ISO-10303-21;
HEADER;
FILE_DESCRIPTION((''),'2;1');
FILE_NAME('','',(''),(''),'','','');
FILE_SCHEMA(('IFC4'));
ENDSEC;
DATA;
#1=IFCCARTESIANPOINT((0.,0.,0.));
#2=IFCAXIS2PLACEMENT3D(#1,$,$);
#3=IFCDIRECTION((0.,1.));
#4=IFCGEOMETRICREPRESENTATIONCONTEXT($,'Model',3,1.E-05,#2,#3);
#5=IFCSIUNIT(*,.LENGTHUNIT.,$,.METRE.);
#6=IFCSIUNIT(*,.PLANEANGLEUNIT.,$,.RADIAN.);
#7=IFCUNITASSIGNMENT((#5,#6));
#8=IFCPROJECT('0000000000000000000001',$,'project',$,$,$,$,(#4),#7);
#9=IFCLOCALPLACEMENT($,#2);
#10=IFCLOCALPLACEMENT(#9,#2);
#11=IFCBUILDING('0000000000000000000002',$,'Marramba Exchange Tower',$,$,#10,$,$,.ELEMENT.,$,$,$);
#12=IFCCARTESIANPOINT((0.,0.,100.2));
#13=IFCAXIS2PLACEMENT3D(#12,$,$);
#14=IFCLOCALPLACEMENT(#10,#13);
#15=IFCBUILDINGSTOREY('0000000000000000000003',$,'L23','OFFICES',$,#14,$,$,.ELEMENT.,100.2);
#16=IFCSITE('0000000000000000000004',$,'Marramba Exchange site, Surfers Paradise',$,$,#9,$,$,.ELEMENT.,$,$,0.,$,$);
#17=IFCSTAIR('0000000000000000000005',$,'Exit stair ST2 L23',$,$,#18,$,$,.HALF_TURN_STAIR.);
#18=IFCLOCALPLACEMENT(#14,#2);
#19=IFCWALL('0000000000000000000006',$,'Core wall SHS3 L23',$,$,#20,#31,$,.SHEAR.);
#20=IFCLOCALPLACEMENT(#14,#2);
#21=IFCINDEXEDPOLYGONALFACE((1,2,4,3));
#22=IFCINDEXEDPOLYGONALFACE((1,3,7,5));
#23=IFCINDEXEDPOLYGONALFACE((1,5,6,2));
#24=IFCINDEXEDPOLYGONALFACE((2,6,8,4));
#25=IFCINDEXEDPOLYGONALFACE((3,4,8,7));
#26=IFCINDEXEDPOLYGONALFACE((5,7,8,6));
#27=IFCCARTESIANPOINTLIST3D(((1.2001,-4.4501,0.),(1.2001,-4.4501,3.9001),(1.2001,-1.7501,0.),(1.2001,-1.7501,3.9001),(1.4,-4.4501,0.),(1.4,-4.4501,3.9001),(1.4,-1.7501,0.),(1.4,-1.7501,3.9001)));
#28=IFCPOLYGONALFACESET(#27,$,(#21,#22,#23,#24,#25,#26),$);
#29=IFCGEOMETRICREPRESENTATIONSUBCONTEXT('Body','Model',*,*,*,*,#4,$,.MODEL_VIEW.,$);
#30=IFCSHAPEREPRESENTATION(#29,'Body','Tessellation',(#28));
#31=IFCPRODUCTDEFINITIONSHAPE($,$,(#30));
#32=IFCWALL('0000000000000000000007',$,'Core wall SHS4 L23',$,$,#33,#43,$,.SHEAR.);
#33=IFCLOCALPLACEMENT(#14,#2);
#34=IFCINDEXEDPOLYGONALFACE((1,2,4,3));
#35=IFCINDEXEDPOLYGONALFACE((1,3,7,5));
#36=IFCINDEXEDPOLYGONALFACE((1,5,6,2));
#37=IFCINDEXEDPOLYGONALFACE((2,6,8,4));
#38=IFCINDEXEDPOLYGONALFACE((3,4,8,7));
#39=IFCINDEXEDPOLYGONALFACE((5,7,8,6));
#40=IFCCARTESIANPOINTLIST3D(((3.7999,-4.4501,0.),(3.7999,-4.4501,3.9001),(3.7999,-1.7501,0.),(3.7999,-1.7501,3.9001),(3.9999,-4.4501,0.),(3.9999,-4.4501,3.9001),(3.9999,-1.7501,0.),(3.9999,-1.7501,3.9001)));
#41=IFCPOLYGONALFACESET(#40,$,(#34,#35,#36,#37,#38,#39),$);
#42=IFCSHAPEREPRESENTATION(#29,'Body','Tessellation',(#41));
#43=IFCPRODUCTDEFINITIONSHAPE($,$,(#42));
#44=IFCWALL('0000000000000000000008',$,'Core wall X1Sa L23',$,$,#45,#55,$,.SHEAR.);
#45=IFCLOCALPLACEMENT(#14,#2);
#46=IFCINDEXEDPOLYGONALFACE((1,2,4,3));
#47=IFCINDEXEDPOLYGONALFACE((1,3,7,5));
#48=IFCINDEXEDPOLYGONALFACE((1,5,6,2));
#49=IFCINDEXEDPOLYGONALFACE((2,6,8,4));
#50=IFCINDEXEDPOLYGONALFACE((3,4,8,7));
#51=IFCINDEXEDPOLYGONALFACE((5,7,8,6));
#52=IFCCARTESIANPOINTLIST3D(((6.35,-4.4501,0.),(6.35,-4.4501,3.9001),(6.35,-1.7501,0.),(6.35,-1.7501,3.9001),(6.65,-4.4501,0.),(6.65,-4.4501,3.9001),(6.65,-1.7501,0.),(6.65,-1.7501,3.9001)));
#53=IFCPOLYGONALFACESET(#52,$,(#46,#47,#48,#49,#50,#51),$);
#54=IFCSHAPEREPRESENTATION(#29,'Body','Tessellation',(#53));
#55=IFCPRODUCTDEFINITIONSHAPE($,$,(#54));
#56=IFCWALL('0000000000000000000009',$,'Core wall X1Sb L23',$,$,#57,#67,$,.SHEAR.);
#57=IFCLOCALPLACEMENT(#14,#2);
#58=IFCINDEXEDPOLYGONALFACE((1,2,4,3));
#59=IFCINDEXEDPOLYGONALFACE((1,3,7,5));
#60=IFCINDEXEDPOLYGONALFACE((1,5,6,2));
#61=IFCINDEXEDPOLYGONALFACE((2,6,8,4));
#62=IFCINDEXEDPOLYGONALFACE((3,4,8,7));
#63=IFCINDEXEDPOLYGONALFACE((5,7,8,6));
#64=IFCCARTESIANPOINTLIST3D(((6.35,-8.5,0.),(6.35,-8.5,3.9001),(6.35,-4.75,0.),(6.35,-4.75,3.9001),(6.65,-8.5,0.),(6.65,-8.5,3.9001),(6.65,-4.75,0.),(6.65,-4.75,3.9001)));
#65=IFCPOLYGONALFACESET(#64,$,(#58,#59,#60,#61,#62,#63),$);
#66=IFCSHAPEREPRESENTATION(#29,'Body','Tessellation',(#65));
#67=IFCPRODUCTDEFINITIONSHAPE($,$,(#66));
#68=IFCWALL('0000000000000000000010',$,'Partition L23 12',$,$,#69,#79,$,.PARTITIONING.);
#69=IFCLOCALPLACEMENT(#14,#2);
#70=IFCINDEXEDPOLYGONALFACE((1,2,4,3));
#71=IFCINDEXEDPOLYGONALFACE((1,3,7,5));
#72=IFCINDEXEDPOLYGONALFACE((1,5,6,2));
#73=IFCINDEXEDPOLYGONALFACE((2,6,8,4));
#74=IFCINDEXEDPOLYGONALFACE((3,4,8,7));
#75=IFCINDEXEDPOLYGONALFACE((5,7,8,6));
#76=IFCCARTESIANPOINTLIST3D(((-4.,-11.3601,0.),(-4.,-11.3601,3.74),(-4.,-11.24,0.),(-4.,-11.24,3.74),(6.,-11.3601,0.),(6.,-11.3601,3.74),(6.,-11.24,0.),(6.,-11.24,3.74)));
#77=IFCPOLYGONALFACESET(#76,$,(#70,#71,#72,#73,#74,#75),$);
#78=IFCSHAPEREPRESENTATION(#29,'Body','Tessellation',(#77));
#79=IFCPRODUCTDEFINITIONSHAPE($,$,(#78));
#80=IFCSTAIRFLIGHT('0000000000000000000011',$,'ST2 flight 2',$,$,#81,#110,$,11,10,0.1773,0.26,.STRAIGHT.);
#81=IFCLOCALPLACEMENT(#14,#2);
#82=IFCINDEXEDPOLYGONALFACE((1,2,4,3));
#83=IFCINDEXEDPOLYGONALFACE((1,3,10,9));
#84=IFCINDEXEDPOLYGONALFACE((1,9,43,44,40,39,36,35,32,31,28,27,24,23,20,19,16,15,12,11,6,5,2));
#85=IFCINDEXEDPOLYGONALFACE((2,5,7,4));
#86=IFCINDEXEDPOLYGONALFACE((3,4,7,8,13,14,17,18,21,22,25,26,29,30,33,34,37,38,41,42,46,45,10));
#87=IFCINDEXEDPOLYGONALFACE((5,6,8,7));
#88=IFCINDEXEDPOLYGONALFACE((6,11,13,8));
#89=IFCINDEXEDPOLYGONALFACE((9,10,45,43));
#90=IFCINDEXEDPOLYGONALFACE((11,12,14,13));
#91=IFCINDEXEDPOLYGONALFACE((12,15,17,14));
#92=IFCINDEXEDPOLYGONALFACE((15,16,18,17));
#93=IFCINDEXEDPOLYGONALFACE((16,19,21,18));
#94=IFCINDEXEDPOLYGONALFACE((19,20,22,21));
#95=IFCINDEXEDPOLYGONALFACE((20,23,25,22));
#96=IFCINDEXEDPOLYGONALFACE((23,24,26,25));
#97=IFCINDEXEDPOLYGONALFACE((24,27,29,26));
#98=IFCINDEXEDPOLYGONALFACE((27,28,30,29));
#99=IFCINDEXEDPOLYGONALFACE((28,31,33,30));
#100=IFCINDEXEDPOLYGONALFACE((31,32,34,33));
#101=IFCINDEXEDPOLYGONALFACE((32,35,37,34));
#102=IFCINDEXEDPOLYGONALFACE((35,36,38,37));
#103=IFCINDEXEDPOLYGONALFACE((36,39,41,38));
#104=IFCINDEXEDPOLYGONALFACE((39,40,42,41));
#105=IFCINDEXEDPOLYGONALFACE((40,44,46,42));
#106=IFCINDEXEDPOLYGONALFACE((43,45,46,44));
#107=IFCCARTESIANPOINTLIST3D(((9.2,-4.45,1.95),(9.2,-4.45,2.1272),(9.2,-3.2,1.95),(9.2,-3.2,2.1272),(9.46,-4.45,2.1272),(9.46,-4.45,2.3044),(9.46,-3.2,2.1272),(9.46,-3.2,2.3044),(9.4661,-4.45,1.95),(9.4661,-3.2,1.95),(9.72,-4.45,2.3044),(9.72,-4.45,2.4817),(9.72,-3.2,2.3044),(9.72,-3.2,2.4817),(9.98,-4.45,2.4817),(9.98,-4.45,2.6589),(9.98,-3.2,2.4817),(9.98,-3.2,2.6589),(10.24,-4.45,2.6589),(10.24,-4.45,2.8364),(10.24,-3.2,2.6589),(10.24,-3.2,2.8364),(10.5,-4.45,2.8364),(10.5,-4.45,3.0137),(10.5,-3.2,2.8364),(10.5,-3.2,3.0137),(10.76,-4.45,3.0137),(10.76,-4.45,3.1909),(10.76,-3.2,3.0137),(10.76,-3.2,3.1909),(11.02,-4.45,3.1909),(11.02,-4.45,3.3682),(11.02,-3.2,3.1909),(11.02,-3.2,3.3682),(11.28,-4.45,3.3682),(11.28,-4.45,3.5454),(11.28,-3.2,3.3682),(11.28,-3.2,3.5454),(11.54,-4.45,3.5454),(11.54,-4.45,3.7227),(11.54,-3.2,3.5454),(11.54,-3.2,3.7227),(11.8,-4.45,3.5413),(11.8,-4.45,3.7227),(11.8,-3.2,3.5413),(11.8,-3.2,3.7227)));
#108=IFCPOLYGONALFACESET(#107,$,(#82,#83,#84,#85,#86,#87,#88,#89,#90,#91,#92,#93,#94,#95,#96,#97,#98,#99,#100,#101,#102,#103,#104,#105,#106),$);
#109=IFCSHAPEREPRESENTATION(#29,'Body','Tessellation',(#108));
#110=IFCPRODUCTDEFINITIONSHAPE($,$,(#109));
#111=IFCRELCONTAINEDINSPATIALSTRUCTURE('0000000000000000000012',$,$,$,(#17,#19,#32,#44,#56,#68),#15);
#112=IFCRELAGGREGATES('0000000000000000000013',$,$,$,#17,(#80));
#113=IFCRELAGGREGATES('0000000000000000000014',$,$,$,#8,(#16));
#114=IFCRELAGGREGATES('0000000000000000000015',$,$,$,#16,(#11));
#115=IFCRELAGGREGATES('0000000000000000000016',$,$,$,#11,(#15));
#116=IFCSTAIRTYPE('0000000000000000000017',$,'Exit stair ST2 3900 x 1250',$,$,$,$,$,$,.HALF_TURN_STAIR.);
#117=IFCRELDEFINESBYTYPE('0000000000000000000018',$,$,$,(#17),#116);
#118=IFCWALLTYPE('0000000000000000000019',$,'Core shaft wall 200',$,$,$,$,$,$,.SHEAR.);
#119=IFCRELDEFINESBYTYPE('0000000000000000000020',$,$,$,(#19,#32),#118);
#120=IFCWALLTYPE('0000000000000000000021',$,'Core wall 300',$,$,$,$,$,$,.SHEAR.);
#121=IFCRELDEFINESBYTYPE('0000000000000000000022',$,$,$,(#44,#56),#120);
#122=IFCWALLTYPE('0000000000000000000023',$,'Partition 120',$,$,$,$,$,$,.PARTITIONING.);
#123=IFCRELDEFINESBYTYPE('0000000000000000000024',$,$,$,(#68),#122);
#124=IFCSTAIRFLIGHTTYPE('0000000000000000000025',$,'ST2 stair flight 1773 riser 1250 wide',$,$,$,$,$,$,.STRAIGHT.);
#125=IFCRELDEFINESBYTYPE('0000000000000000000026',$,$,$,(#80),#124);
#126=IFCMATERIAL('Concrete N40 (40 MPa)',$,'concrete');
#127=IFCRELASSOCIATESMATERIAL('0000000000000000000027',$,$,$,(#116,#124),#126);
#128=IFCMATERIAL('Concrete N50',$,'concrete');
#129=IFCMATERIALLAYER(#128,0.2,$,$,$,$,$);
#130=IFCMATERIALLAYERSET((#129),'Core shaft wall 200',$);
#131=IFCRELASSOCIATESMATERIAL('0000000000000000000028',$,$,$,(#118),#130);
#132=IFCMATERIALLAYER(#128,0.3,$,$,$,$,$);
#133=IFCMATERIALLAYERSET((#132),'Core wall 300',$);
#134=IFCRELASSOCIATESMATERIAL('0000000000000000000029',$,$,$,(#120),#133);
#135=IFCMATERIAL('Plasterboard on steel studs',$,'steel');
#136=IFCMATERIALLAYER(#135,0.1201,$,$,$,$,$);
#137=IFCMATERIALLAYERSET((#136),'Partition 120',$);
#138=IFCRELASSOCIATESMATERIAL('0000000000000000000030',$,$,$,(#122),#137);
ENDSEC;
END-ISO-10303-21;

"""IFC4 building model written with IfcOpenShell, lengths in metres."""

from ifc_helpers import new_model, si_unit, direction, frame, frame_2d, origin, place, context, subcontext, project, spatial, polyline, rectangle, outline, extrude, material, layer, layer_set, type_object, element, aggregate, save


model = new_model("IFC4")

# Units and contexts
model_context = context("Model", 3, precision=1e-05, world=origin(), true_north=direction((0.0, 1.0)))
body_context = subcontext(model_context, "Body", "Model", "MODEL_VIEW")
ifc_project = project(units=[si_unit("LENGTHUNIT", "METRE"), si_unit("PLANEANGLEUNIT", "RADIAN")], contexts=[model_context])

# Site, building, storey
site_placement = place(None, origin())
site = spatial("IfcSite", under=ifc_project, at=site_placement, Name="Marramba Exchange site, Surfers Paradise", CompositionType="ELEMENT", RefElevation=0.0)
building_placement = place(site_placement, origin())
building = spatial("IfcBuilding", under=site, at=building_placement, Name="Marramba Exchange Tower", CompositionType="ELEMENT")
storey_placement = place(building_placement, frame((0.0, 0.0, 100.2)))
storey = spatial("IfcBuildingStorey", under=building, at=storey_placement, Name="L23", Description="OFFICES", CompositionType="ELEMENT", Elevation=100.2)

# Stair
ifc_material_1 = material(Name="Concrete N40 (40 MPa)", Category="concrete")
stair_type_1 = type_object("IfcStairType", Name="Exit stair ST2 3900 x 1250", PredefinedType="HALF_TURN_STAIR", material=ifc_material_1)
stair_1_placement = place(storey_placement, origin())
stair_1 = element("IfcStair", 1, at=stair_1_placement, inside=storey, type_object=stair_type_1, Name="Exit stair ST2 L23", PredefinedType="HALF_TURN_STAIR")

# Walls
ifc_material_2 = material(Name="Concrete N50", Category="concrete")
ifc_layer_1 = layer(ifc_material_2, 0.2)
ifc_layer_set_1 = layer_set([ifc_layer_1], Name="Core shaft wall 200")
wall_type_1 = type_object("IfcWallType", Name="Core shaft wall 200", PredefinedType="SHEAR", material=ifc_layer_set_1)
for number, where, z_axis, x_axis, name in (
    (2, (1.3, -1.75, 0.0), (0.0, 0.0, 1.0), (0.0, -1.0, 0.0), "Core wall SHS3 L23"),
    (3, (3.8999, -1.75, 0.0), (0.0, 0.0, 1.0), (0.0, -1.0, 0.0), "Core wall SHS4 L23"),
):
    element("IfcWall", number, at=place(storey_placement, frame(where, z_axis=z_axis, x_axis=x_axis)), inside=storey, type_object=wall_type_1, Name=name, PredefinedType="SHEAR", context=body_context, shape_type="SweptSolid", body=[
        extrude(rectangle(XDim=2.7, YDim=0.2, at=frame_2d((1.3501, 0.0))), origin(), (0.0, 0.0, 1.0), 3.9001),
    ])
ifc_layer_2 = layer(ifc_material_2, 0.3)
ifc_layer_set_2 = layer_set([ifc_layer_2], Name="Core wall 300")
wall_type_2 = type_object("IfcWallType", Name="Core wall 300", PredefinedType="SHEAR", material=ifc_layer_set_2)
wall_1_placement = place(storey_placement, frame((6.5, -1.75, 0.0), z_axis=(0.0, 0.0, 1.0), x_axis=(0.0, -1.0, 0.0)))
element("IfcWall", 4, at=wall_1_placement, inside=storey, type_object=wall_type_2, Name="Core wall X1Sa L23", PredefinedType="SHEAR", context=body_context, shape_type="SweptSolid", body=[
    extrude(rectangle(XDim=2.7, YDim=0.3, at=frame_2d((1.3501, 0.0))), origin(), (0.0, 0.0, 1.0), 3.9001),
])
wall_2_placement = place(storey_placement, frame((6.5, -4.75, 0.0), z_axis=(0.0, 0.0, 1.0), x_axis=(0.0, -1.0, 0.0)))
element("IfcWall", 5, at=wall_2_placement, inside=storey, type_object=wall_type_2, Name="Core wall X1Sb L23", PredefinedType="SHEAR", context=body_context, shape_type="SweptSolid", body=[
    extrude(rectangle(XDim=3.75, YDim=0.3, at=frame_2d((1.875, 0.0))), origin(), (0.0, 0.0, 1.0), 3.9001),
])
ifc_material_3 = material(Name="Plasterboard on steel studs", Category="steel")
ifc_layer_3 = layer(ifc_material_3, 0.1201)
ifc_layer_set_3 = layer_set([ifc_layer_3], Name="Partition 120")
wall_type_3 = type_object("IfcWallType", Name="Partition 120", PredefinedType="PARTITIONING", material=ifc_layer_set_3)
wall_3_placement = place(storey_placement, frame((6.0, -11.3, 0.0), z_axis=(0.0, 0.0, 1.0), x_axis=(-1.0, 0.0, 0.0)))
element("IfcWall", 6, at=wall_3_placement, inside=storey, type_object=wall_type_3, Name="Partition L23 12", PredefinedType="PARTITIONING", context=body_context, shape_type="SweptSolid", body=[
    extrude(rectangle(XDim=10.0, YDim=0.1201, at=frame_2d((5.0, 0.0))), origin(), (0.0, 0.0, 1.0), 3.74),
])

# Stair flight
stair_flight_type = type_object("IfcStairFlightType", Name="ST2 stair flight 1773 riser 1250 wide", PredefinedType="STRAIGHT", material=ifc_material_1)
stair_flight_placement = place(storey_placement, frame((9.2, -3.825, 1.95), z_axis=(0.0, 0.0, 1.0), x_axis=(1.0, 0.0, 0.0)))
stair_flight = element("IfcStairFlight", 7, at=stair_flight_placement, type_object=stair_flight_type, Name="ST2 flight 2", NumberOfRisers=11, NumberOfTreads=10, PredefinedType="STRAIGHT", RiserHeight=0.1773, TreadLength=0.26, context=body_context, shape_type="SweptSolid", body=[
    extrude(outline(polyline([(0.0, 0.0), (0.0, 0.1772), (0.26, 0.1772), (0.26, 0.3545), (0.52, 0.3545), (0.52, 0.5317), (0.78, 0.5317), (0.78, 0.709), (1.04, 0.709), (1.04, 0.8865), (1.3, 0.8865), (1.3, 1.0637), (1.5601, 1.0637), (1.5601, 1.241), (1.8201, 1.241), (1.8201, 1.4182), (2.0801, 1.4182), (2.0801, 1.5955), (2.3401, 1.5955), (2.3401, 1.7727), (2.6001, 1.7727), (2.6001, 1.95), (2.6001, 1.5913), (0.2661, 0.0), (0.0, 0.0)])), frame((0.0, 0.625, 0.0), z_axis=(0.0, -1.0, 0.0), x_axis=(1.0, 0.0, 0.0)), (0.0, 0.0, 1.0), 1.25),
])
aggregate(stair_1, [stair_flight])

save(model, "model.ifc")
